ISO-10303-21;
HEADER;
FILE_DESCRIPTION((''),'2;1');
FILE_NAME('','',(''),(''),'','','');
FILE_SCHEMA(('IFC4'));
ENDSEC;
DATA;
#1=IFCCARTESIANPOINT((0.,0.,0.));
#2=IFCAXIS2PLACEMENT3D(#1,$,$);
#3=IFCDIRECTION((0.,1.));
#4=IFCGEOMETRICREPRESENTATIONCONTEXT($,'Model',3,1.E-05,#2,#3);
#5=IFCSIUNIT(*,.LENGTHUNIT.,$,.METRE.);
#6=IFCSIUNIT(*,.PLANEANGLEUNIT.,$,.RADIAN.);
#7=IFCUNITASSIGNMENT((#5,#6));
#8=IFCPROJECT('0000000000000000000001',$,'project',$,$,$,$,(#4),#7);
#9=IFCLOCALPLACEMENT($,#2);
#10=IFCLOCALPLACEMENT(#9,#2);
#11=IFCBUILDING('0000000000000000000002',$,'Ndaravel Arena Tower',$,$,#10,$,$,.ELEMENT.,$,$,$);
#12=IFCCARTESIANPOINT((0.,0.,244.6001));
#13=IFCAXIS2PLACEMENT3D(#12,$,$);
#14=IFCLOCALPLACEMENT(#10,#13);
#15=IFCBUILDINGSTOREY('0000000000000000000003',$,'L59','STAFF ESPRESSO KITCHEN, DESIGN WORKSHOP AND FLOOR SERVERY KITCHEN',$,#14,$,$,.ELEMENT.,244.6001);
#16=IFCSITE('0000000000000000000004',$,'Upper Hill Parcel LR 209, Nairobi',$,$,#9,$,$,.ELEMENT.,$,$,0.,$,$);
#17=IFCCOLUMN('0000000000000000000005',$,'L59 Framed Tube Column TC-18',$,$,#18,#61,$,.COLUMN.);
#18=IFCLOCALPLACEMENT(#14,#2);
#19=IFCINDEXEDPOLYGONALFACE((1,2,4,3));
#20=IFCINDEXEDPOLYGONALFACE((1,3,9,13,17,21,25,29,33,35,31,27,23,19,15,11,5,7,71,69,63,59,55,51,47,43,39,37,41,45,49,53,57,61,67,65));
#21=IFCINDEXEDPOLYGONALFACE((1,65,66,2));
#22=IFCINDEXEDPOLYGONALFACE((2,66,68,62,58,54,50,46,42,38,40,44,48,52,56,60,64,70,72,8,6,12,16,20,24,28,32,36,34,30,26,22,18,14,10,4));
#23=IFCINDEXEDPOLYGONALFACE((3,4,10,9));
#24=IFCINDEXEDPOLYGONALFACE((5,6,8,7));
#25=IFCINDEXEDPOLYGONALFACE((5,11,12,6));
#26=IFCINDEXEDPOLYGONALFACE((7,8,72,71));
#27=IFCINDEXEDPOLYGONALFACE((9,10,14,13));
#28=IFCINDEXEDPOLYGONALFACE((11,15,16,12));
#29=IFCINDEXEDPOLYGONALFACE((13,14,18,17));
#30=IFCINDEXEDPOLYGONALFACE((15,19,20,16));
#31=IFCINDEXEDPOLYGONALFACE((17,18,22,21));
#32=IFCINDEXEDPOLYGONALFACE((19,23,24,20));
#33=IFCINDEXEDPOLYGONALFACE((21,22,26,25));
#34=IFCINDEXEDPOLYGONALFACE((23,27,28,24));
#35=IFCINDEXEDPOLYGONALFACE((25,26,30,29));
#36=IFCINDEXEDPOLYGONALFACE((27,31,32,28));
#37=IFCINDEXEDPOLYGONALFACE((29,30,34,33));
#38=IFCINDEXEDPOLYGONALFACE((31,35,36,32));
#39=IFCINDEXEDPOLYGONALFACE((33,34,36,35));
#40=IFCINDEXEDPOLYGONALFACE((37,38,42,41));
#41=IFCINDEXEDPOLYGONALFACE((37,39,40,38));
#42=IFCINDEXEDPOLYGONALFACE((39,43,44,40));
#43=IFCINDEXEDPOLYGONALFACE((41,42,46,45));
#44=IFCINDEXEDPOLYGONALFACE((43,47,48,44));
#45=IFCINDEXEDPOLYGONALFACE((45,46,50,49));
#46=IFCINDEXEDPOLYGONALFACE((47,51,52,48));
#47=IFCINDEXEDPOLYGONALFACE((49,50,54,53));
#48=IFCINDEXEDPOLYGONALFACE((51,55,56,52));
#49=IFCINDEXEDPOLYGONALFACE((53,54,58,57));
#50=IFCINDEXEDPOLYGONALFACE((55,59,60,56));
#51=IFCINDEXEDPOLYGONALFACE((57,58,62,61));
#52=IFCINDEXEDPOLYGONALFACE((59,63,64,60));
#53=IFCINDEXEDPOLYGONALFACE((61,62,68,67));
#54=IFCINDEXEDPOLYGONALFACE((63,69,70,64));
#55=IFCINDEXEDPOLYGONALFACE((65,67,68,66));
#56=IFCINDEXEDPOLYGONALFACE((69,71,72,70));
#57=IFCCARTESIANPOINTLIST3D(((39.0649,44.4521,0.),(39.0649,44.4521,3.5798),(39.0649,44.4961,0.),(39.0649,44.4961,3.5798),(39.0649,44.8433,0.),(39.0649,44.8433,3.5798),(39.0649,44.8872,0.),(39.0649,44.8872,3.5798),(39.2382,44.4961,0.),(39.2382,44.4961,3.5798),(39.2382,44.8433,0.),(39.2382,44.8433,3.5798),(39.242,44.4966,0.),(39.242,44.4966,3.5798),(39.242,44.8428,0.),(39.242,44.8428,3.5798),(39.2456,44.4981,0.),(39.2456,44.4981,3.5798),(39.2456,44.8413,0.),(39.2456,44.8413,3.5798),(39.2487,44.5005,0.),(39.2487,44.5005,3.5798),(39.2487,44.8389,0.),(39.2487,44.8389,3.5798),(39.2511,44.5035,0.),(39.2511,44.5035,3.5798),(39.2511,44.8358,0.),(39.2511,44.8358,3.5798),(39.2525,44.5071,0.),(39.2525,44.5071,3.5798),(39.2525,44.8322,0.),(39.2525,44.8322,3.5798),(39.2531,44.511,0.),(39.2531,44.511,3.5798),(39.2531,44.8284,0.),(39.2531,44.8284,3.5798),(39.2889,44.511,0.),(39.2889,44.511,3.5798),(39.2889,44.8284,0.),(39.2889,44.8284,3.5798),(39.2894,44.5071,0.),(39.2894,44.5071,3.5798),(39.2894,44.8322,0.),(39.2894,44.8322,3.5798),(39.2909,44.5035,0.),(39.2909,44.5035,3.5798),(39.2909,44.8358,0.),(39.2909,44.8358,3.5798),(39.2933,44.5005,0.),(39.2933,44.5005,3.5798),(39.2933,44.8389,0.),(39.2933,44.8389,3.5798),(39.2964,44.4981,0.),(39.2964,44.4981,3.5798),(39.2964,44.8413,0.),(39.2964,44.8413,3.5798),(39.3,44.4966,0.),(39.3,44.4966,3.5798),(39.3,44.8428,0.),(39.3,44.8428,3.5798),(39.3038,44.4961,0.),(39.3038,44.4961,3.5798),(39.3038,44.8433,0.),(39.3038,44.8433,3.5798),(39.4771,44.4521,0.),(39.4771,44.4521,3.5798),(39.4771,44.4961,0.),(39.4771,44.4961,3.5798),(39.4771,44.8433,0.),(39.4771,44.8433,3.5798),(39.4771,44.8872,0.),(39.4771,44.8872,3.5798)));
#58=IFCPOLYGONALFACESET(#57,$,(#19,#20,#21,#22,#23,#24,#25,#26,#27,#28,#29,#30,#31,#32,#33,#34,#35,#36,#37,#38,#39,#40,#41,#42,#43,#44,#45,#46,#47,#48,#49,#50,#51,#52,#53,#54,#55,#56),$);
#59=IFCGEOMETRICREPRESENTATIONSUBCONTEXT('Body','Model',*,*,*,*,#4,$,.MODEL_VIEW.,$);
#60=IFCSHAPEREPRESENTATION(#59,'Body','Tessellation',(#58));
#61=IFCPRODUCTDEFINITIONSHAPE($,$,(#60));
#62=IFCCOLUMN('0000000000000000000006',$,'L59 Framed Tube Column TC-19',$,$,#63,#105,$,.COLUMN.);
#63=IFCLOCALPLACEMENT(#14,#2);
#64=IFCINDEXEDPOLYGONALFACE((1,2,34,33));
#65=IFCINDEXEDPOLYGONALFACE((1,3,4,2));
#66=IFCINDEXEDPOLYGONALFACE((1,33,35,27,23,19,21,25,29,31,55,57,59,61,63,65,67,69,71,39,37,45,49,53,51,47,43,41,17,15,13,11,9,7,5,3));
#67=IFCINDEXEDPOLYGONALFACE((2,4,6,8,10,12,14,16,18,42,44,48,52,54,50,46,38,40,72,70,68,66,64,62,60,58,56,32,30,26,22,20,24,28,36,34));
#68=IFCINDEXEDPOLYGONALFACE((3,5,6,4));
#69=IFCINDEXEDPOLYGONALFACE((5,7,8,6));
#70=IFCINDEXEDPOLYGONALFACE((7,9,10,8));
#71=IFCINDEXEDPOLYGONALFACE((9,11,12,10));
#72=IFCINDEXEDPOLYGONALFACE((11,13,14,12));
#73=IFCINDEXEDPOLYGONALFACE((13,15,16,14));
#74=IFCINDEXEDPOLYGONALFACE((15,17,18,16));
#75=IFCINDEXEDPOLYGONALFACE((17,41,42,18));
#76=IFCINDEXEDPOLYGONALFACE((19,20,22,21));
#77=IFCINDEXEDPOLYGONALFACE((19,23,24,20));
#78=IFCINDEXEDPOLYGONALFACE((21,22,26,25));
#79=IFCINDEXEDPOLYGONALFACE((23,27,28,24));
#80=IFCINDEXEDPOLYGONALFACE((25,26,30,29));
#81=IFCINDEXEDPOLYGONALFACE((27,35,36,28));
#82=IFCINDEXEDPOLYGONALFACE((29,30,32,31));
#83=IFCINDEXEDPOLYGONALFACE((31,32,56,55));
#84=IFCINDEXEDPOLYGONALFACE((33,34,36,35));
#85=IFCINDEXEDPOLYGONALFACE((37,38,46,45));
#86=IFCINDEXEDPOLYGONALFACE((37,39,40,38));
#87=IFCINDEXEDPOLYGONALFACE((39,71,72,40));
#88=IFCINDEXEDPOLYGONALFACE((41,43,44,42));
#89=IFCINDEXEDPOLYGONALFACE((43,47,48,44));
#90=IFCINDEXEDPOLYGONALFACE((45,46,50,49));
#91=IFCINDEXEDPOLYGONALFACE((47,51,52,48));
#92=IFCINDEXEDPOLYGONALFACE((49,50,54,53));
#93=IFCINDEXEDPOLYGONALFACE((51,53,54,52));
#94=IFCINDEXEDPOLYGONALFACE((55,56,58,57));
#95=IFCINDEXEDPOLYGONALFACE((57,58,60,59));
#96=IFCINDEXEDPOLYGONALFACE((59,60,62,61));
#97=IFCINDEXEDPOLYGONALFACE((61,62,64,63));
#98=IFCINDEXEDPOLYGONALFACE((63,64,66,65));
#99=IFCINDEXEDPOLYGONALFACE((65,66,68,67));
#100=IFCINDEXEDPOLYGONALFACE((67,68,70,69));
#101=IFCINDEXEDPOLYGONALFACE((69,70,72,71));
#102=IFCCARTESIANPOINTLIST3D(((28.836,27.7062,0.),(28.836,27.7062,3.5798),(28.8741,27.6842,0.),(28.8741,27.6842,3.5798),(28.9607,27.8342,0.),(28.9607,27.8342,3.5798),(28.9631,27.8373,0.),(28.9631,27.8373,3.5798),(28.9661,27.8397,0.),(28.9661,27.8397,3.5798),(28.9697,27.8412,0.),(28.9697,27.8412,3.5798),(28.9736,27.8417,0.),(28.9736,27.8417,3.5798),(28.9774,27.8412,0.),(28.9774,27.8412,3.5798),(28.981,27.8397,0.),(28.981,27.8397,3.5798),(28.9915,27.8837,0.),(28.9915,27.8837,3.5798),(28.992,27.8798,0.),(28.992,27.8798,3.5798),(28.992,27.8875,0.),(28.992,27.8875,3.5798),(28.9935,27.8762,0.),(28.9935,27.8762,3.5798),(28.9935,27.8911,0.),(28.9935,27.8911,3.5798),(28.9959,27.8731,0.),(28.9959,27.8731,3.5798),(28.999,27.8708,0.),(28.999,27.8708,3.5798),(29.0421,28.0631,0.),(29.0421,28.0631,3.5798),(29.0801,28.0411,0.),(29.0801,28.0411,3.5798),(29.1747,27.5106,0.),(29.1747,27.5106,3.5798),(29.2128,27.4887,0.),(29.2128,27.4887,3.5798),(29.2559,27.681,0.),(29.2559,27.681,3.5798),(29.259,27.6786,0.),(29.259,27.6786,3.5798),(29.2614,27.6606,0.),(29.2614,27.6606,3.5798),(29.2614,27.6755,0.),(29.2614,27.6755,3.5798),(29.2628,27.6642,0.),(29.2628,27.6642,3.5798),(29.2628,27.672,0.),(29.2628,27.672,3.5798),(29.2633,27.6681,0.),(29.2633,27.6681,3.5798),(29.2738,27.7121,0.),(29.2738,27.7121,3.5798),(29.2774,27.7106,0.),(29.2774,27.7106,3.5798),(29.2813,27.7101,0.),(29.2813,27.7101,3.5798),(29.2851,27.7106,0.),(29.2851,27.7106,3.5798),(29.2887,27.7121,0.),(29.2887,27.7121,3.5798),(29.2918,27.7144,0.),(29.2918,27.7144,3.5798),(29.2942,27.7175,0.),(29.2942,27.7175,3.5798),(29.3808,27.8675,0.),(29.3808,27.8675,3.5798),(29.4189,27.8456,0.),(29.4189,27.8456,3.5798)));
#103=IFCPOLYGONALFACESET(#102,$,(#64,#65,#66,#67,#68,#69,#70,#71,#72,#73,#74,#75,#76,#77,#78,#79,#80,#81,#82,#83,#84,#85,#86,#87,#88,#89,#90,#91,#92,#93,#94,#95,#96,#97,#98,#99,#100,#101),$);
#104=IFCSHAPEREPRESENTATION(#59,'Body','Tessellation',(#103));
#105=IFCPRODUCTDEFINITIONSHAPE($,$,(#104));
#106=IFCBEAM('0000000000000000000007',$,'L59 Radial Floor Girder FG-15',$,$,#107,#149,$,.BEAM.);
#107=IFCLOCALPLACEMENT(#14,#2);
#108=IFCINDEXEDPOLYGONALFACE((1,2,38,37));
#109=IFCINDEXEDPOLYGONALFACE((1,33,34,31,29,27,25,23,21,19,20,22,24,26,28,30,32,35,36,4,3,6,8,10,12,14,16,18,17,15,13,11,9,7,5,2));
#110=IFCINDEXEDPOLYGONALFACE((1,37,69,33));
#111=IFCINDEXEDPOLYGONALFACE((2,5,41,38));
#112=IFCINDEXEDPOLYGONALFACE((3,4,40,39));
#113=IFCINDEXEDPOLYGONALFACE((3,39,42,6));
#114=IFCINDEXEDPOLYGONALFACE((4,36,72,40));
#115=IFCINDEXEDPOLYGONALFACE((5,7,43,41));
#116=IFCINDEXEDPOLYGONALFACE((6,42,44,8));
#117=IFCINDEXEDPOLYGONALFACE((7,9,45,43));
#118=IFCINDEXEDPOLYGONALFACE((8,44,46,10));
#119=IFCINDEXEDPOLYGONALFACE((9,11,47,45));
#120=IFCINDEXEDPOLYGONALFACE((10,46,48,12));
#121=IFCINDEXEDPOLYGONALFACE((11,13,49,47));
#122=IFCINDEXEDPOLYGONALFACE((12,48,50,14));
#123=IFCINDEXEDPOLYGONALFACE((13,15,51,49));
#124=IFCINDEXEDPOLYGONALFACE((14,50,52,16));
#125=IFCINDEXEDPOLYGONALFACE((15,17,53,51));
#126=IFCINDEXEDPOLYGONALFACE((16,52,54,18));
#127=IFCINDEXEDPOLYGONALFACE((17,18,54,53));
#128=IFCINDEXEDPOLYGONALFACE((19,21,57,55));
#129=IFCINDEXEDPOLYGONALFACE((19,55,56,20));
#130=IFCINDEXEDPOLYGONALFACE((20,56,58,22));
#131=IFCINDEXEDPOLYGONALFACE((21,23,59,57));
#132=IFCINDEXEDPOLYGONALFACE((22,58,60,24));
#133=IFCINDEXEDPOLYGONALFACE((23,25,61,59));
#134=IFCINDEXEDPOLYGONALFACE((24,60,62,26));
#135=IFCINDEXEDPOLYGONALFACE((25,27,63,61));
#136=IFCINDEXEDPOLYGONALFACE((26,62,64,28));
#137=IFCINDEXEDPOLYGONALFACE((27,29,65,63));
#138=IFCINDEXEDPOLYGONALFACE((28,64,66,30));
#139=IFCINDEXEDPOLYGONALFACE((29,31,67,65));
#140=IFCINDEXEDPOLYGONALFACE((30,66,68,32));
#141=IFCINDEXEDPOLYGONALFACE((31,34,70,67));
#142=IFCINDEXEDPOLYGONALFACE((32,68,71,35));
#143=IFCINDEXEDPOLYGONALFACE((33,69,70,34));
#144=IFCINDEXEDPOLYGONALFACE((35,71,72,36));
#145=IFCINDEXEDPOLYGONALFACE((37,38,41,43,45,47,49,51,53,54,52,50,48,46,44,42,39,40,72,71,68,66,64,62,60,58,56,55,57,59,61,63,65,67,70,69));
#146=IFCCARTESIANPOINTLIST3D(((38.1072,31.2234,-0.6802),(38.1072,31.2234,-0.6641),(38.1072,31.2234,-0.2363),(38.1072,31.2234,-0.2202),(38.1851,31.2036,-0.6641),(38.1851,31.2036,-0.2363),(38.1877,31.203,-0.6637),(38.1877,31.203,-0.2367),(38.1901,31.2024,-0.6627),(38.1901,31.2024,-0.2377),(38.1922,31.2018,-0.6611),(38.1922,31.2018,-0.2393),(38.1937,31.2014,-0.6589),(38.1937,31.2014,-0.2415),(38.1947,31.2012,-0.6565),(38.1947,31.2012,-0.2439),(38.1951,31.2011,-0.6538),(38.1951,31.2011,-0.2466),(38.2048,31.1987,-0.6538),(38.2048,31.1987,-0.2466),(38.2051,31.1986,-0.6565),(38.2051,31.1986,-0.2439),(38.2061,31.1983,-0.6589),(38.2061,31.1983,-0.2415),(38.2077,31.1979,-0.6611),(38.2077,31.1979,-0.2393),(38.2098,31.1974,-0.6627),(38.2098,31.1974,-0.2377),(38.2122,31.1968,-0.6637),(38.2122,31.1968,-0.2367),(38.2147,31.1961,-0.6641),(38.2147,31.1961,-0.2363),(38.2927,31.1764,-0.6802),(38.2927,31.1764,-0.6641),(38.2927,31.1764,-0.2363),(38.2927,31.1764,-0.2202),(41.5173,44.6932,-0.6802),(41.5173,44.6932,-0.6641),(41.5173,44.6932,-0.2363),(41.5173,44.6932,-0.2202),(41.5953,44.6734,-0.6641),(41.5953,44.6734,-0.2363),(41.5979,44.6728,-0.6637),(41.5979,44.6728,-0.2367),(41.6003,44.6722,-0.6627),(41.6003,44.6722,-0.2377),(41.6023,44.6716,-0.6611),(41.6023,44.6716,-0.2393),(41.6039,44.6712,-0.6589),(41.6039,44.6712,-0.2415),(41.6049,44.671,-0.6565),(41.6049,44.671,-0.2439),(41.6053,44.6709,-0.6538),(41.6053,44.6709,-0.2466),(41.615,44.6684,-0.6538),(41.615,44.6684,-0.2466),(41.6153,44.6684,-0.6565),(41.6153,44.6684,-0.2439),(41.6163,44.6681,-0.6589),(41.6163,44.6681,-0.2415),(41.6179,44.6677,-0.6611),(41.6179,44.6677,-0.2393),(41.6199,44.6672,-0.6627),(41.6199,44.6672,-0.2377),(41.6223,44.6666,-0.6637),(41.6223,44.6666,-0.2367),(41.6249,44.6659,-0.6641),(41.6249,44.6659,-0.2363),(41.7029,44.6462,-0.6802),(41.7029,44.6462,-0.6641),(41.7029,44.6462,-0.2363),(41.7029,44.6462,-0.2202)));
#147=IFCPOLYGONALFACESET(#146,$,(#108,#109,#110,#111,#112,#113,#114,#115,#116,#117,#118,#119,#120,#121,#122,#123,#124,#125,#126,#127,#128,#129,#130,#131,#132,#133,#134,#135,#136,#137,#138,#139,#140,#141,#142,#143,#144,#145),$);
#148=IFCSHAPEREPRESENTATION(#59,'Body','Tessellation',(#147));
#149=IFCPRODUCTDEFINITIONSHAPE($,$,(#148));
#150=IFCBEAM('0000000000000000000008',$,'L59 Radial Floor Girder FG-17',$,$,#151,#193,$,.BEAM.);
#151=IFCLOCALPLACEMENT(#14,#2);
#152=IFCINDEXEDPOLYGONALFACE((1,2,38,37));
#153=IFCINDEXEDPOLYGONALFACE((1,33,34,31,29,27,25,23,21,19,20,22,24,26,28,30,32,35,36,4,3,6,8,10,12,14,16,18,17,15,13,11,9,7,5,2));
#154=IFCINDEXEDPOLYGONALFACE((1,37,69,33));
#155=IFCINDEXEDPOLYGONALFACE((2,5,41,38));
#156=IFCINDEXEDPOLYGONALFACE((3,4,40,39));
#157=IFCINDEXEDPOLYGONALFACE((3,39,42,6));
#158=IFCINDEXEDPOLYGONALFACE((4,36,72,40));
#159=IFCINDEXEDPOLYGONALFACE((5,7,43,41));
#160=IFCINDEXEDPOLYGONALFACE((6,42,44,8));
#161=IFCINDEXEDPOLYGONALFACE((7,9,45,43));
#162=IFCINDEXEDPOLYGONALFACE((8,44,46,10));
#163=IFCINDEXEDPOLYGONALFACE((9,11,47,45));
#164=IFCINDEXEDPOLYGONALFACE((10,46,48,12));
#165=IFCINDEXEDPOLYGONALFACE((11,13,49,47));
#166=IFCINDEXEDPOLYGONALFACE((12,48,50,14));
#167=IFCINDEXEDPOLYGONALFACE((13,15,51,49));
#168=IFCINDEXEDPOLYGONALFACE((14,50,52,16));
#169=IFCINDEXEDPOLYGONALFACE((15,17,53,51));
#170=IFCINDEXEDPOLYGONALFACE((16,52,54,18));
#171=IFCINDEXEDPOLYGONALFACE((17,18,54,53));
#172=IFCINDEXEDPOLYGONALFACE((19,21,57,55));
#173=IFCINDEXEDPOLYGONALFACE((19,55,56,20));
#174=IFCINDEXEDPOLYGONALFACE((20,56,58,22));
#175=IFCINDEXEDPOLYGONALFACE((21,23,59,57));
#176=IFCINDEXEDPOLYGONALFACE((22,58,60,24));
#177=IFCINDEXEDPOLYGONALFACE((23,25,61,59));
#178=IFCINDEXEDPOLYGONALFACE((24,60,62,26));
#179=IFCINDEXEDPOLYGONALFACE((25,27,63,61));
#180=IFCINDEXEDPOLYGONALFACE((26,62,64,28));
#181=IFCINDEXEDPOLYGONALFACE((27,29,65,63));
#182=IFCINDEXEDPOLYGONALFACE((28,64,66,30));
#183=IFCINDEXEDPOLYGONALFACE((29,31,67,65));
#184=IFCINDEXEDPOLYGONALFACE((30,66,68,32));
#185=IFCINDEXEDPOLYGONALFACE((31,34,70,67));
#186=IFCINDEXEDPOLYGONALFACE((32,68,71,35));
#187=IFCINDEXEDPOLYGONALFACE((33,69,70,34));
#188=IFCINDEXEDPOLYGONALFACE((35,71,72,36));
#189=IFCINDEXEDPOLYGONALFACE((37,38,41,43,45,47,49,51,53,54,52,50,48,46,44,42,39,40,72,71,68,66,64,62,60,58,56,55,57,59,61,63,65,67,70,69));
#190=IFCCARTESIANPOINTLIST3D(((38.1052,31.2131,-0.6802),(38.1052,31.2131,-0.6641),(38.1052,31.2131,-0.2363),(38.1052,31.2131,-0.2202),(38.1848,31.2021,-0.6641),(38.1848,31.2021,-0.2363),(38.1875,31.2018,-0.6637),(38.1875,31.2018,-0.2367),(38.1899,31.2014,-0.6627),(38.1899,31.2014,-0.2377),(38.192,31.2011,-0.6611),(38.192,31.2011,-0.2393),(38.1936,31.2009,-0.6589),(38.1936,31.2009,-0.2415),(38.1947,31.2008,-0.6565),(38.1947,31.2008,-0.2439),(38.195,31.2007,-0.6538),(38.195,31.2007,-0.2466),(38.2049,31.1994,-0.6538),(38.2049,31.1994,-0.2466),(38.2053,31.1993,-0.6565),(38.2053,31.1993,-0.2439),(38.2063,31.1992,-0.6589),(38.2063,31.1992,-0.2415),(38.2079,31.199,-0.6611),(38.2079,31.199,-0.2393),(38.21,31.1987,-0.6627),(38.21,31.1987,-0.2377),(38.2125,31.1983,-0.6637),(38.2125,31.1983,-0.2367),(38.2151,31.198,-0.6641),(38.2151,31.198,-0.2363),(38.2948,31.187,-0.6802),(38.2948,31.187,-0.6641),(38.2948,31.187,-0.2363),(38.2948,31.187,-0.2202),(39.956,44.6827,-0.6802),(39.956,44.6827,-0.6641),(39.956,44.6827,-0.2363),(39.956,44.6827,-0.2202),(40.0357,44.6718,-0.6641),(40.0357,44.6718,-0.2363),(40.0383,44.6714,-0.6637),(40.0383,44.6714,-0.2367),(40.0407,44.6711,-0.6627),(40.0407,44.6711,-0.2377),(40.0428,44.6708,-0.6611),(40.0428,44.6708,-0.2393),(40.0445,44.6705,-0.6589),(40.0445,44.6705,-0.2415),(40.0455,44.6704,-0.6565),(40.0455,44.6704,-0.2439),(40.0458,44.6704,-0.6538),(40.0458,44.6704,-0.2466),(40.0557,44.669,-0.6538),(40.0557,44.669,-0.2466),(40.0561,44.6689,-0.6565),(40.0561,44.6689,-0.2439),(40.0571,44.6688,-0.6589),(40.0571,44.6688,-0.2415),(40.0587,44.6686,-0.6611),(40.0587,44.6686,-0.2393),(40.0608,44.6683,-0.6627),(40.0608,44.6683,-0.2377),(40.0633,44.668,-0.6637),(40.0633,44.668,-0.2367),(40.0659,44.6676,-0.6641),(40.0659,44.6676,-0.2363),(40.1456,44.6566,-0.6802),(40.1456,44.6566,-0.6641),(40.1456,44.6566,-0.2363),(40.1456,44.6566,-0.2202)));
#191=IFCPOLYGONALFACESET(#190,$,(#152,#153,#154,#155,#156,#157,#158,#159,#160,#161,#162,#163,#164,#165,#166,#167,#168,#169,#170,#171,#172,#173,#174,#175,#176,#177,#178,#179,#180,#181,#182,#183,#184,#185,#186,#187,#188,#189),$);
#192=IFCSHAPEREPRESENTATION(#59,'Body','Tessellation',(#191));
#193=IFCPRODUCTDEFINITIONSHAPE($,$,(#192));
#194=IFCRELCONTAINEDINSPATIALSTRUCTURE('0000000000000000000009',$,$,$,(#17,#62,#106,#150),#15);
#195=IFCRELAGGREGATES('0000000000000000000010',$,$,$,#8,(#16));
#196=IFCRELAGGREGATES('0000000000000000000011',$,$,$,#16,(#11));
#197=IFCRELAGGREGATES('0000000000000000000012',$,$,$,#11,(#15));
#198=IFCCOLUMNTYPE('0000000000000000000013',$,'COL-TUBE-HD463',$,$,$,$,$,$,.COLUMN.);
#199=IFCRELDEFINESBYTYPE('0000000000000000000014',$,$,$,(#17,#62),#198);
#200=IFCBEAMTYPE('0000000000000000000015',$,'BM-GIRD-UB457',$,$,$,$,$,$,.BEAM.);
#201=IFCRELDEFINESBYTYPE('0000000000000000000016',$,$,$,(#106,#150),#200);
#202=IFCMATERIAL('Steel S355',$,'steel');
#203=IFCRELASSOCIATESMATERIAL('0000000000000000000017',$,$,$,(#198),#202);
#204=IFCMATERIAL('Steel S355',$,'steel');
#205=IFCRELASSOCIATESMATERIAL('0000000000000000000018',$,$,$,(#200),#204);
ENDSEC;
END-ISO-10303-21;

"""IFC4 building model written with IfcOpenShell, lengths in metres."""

from ifc_helpers import new_model, si_unit, direction, frame, origin, origin_2d, place, context, subcontext, project, spatial, i_section, extrude, material, material_profile, profile_set, type_object, element, save


model = new_model("IFC4")

# Units and contexts
model_context = context("Model", 3, precision=1e-05, world=origin(), true_north=direction((0.0, 1.0)))
body_context = subcontext(model_context, "Body", "Model", "MODEL_VIEW")
ifc_project = project(units=[si_unit("LENGTHUNIT", "METRE"), si_unit("PLANEANGLEUNIT", "RADIAN")], contexts=[model_context])

# Site, building, storey
site_placement = place(None, origin())
site = spatial("IfcSite", under=ifc_project, at=site_placement, Name="Upper Hill Parcel LR 209, Nairobi", CompositionType="ELEMENT", RefElevation=0.0)
building_placement = place(site_placement, origin())
building = spatial("IfcBuilding", under=site, at=building_placement, Name="Ndaravel Arena Tower", CompositionType="ELEMENT")
storey_placement = place(building_placement, frame((0.0, 0.0, 244.6001)))
storey = spatial("IfcBuildingStorey", under=building, at=storey_placement, Name="L59", Description="STAFF ESPRESSO KITCHEN, DESIGN WORKSHOP AND FLOOR SERVERY KITCHEN", CompositionType="ELEMENT", Elevation=244.6001)

# Columns
ifc_material_1 = material(Name="Steel S355", Category="steel")
ifc_material_profile_1 = material_profile(ifc_material_1, i_section(OverallWidth=0.4121, OverallDepth=0.4351, WebThickness=0.0359, FlangeThickness=0.0439, FilletRadius=0.0149, at=origin_2d()), Name="HD 400x463")
ifc_profile_set_1 = profile_set([ifc_material_profile_1], Name="Steel S355")
column_type_1 = type_object("IfcColumnType", Name="COL-TUBE-HD463", PredefinedType="COLUMN", material=ifc_profile_set_1)
for number, where, z_axis, x_axis, name in (
    (1, (39.271, 44.6697, 0.0), (0.0, 0.0, 1.0), (1.0, 0.0, 0.0), "L59 Framed Tube Column TC-18"),
    (2, (29.1274, 27.7759, 0.0), (0.0, 0.0, 1.0), (0.5, 0.866025, 0.0), "L59 Framed Tube Column TC-19"),
):
    element("IfcColumn", number, at=place(storey_placement, frame(where, z_axis=z_axis, x_axis=x_axis)), inside=storey, type_object=column_type_1, Name=name, PredefinedType="COLUMN", context=body_context, shape_type="SweptSolid", body=[
        extrude(i_section(OverallWidth=0.4121, OverallDepth=0.4351, WebThickness=0.0359, FlangeThickness=0.0439, FilletRadius=0.0149, at=origin_2d()), origin(), (0.0, 0.0, 1.0), 3.5798),
    ])

# Beams
ifc_material_2 = material(Name="Steel S355", Category="steel")
ifc_material_profile_2 = material_profile(ifc_material_2, i_section(OverallWidth=0.1914, OverallDepth=0.46, WebThickness=0.01, FlangeThickness=0.0161, FilletRadius=0.0103, at=origin_2d()), Name="UB 457x191x82")
ifc_profile_set_2 = profile_set([ifc_material_profile_2], Name="Steel S355")
beam_type_1 = type_object("IfcBeamType", Name="BM-GIRD-UB457", PredefinedType="BEAM", material=ifc_profile_set_2)
beam_1_placement = place(storey_placement, frame((41.6101, 44.6697, -0.4502), z_axis=(-0.245429, -0.969415, 0.0), x_axis=(0.969415, -0.245429, 0.0)))
element("IfcBeam", 3, at=beam_1_placement, inside=storey, type_object=beam_type_1, Name="L59 Radial Floor Girder FG-15", PredefinedType="BEAM", context=body_context, shape_type="SweptSolid", body=[
    extrude(i_section(OverallWidth=0.1914, OverallDepth=0.46, WebThickness=0.01, FlangeThickness=0.0161, FilletRadius=0.0103, at=origin_2d()), origin(), (0.0, 0.0, 1.0), 13.8948),
])
beam_2_placement = place(storey_placement, frame((40.0508, 44.6697, -0.4502), z_axis=(-0.136128, -0.990691, 0.0), x_axis=(0.990691, -0.136128, 0.0)))
element("IfcBeam", 4, at=beam_2_placement, inside=storey, type_object=beam_type_1, Name="L59 Radial Floor Girder FG-17", PredefinedType="BEAM", context=body_context, shape_type="SweptSolid", body=[
    extrude(i_section(OverallWidth=0.1914, OverallDepth=0.46, WebThickness=0.01, FlangeThickness=0.0161, FilletRadius=0.0103, at=origin_2d()), origin(), (0.0, 0.0, 1.0), 13.5962),
])

save(model, "model.ifc")
